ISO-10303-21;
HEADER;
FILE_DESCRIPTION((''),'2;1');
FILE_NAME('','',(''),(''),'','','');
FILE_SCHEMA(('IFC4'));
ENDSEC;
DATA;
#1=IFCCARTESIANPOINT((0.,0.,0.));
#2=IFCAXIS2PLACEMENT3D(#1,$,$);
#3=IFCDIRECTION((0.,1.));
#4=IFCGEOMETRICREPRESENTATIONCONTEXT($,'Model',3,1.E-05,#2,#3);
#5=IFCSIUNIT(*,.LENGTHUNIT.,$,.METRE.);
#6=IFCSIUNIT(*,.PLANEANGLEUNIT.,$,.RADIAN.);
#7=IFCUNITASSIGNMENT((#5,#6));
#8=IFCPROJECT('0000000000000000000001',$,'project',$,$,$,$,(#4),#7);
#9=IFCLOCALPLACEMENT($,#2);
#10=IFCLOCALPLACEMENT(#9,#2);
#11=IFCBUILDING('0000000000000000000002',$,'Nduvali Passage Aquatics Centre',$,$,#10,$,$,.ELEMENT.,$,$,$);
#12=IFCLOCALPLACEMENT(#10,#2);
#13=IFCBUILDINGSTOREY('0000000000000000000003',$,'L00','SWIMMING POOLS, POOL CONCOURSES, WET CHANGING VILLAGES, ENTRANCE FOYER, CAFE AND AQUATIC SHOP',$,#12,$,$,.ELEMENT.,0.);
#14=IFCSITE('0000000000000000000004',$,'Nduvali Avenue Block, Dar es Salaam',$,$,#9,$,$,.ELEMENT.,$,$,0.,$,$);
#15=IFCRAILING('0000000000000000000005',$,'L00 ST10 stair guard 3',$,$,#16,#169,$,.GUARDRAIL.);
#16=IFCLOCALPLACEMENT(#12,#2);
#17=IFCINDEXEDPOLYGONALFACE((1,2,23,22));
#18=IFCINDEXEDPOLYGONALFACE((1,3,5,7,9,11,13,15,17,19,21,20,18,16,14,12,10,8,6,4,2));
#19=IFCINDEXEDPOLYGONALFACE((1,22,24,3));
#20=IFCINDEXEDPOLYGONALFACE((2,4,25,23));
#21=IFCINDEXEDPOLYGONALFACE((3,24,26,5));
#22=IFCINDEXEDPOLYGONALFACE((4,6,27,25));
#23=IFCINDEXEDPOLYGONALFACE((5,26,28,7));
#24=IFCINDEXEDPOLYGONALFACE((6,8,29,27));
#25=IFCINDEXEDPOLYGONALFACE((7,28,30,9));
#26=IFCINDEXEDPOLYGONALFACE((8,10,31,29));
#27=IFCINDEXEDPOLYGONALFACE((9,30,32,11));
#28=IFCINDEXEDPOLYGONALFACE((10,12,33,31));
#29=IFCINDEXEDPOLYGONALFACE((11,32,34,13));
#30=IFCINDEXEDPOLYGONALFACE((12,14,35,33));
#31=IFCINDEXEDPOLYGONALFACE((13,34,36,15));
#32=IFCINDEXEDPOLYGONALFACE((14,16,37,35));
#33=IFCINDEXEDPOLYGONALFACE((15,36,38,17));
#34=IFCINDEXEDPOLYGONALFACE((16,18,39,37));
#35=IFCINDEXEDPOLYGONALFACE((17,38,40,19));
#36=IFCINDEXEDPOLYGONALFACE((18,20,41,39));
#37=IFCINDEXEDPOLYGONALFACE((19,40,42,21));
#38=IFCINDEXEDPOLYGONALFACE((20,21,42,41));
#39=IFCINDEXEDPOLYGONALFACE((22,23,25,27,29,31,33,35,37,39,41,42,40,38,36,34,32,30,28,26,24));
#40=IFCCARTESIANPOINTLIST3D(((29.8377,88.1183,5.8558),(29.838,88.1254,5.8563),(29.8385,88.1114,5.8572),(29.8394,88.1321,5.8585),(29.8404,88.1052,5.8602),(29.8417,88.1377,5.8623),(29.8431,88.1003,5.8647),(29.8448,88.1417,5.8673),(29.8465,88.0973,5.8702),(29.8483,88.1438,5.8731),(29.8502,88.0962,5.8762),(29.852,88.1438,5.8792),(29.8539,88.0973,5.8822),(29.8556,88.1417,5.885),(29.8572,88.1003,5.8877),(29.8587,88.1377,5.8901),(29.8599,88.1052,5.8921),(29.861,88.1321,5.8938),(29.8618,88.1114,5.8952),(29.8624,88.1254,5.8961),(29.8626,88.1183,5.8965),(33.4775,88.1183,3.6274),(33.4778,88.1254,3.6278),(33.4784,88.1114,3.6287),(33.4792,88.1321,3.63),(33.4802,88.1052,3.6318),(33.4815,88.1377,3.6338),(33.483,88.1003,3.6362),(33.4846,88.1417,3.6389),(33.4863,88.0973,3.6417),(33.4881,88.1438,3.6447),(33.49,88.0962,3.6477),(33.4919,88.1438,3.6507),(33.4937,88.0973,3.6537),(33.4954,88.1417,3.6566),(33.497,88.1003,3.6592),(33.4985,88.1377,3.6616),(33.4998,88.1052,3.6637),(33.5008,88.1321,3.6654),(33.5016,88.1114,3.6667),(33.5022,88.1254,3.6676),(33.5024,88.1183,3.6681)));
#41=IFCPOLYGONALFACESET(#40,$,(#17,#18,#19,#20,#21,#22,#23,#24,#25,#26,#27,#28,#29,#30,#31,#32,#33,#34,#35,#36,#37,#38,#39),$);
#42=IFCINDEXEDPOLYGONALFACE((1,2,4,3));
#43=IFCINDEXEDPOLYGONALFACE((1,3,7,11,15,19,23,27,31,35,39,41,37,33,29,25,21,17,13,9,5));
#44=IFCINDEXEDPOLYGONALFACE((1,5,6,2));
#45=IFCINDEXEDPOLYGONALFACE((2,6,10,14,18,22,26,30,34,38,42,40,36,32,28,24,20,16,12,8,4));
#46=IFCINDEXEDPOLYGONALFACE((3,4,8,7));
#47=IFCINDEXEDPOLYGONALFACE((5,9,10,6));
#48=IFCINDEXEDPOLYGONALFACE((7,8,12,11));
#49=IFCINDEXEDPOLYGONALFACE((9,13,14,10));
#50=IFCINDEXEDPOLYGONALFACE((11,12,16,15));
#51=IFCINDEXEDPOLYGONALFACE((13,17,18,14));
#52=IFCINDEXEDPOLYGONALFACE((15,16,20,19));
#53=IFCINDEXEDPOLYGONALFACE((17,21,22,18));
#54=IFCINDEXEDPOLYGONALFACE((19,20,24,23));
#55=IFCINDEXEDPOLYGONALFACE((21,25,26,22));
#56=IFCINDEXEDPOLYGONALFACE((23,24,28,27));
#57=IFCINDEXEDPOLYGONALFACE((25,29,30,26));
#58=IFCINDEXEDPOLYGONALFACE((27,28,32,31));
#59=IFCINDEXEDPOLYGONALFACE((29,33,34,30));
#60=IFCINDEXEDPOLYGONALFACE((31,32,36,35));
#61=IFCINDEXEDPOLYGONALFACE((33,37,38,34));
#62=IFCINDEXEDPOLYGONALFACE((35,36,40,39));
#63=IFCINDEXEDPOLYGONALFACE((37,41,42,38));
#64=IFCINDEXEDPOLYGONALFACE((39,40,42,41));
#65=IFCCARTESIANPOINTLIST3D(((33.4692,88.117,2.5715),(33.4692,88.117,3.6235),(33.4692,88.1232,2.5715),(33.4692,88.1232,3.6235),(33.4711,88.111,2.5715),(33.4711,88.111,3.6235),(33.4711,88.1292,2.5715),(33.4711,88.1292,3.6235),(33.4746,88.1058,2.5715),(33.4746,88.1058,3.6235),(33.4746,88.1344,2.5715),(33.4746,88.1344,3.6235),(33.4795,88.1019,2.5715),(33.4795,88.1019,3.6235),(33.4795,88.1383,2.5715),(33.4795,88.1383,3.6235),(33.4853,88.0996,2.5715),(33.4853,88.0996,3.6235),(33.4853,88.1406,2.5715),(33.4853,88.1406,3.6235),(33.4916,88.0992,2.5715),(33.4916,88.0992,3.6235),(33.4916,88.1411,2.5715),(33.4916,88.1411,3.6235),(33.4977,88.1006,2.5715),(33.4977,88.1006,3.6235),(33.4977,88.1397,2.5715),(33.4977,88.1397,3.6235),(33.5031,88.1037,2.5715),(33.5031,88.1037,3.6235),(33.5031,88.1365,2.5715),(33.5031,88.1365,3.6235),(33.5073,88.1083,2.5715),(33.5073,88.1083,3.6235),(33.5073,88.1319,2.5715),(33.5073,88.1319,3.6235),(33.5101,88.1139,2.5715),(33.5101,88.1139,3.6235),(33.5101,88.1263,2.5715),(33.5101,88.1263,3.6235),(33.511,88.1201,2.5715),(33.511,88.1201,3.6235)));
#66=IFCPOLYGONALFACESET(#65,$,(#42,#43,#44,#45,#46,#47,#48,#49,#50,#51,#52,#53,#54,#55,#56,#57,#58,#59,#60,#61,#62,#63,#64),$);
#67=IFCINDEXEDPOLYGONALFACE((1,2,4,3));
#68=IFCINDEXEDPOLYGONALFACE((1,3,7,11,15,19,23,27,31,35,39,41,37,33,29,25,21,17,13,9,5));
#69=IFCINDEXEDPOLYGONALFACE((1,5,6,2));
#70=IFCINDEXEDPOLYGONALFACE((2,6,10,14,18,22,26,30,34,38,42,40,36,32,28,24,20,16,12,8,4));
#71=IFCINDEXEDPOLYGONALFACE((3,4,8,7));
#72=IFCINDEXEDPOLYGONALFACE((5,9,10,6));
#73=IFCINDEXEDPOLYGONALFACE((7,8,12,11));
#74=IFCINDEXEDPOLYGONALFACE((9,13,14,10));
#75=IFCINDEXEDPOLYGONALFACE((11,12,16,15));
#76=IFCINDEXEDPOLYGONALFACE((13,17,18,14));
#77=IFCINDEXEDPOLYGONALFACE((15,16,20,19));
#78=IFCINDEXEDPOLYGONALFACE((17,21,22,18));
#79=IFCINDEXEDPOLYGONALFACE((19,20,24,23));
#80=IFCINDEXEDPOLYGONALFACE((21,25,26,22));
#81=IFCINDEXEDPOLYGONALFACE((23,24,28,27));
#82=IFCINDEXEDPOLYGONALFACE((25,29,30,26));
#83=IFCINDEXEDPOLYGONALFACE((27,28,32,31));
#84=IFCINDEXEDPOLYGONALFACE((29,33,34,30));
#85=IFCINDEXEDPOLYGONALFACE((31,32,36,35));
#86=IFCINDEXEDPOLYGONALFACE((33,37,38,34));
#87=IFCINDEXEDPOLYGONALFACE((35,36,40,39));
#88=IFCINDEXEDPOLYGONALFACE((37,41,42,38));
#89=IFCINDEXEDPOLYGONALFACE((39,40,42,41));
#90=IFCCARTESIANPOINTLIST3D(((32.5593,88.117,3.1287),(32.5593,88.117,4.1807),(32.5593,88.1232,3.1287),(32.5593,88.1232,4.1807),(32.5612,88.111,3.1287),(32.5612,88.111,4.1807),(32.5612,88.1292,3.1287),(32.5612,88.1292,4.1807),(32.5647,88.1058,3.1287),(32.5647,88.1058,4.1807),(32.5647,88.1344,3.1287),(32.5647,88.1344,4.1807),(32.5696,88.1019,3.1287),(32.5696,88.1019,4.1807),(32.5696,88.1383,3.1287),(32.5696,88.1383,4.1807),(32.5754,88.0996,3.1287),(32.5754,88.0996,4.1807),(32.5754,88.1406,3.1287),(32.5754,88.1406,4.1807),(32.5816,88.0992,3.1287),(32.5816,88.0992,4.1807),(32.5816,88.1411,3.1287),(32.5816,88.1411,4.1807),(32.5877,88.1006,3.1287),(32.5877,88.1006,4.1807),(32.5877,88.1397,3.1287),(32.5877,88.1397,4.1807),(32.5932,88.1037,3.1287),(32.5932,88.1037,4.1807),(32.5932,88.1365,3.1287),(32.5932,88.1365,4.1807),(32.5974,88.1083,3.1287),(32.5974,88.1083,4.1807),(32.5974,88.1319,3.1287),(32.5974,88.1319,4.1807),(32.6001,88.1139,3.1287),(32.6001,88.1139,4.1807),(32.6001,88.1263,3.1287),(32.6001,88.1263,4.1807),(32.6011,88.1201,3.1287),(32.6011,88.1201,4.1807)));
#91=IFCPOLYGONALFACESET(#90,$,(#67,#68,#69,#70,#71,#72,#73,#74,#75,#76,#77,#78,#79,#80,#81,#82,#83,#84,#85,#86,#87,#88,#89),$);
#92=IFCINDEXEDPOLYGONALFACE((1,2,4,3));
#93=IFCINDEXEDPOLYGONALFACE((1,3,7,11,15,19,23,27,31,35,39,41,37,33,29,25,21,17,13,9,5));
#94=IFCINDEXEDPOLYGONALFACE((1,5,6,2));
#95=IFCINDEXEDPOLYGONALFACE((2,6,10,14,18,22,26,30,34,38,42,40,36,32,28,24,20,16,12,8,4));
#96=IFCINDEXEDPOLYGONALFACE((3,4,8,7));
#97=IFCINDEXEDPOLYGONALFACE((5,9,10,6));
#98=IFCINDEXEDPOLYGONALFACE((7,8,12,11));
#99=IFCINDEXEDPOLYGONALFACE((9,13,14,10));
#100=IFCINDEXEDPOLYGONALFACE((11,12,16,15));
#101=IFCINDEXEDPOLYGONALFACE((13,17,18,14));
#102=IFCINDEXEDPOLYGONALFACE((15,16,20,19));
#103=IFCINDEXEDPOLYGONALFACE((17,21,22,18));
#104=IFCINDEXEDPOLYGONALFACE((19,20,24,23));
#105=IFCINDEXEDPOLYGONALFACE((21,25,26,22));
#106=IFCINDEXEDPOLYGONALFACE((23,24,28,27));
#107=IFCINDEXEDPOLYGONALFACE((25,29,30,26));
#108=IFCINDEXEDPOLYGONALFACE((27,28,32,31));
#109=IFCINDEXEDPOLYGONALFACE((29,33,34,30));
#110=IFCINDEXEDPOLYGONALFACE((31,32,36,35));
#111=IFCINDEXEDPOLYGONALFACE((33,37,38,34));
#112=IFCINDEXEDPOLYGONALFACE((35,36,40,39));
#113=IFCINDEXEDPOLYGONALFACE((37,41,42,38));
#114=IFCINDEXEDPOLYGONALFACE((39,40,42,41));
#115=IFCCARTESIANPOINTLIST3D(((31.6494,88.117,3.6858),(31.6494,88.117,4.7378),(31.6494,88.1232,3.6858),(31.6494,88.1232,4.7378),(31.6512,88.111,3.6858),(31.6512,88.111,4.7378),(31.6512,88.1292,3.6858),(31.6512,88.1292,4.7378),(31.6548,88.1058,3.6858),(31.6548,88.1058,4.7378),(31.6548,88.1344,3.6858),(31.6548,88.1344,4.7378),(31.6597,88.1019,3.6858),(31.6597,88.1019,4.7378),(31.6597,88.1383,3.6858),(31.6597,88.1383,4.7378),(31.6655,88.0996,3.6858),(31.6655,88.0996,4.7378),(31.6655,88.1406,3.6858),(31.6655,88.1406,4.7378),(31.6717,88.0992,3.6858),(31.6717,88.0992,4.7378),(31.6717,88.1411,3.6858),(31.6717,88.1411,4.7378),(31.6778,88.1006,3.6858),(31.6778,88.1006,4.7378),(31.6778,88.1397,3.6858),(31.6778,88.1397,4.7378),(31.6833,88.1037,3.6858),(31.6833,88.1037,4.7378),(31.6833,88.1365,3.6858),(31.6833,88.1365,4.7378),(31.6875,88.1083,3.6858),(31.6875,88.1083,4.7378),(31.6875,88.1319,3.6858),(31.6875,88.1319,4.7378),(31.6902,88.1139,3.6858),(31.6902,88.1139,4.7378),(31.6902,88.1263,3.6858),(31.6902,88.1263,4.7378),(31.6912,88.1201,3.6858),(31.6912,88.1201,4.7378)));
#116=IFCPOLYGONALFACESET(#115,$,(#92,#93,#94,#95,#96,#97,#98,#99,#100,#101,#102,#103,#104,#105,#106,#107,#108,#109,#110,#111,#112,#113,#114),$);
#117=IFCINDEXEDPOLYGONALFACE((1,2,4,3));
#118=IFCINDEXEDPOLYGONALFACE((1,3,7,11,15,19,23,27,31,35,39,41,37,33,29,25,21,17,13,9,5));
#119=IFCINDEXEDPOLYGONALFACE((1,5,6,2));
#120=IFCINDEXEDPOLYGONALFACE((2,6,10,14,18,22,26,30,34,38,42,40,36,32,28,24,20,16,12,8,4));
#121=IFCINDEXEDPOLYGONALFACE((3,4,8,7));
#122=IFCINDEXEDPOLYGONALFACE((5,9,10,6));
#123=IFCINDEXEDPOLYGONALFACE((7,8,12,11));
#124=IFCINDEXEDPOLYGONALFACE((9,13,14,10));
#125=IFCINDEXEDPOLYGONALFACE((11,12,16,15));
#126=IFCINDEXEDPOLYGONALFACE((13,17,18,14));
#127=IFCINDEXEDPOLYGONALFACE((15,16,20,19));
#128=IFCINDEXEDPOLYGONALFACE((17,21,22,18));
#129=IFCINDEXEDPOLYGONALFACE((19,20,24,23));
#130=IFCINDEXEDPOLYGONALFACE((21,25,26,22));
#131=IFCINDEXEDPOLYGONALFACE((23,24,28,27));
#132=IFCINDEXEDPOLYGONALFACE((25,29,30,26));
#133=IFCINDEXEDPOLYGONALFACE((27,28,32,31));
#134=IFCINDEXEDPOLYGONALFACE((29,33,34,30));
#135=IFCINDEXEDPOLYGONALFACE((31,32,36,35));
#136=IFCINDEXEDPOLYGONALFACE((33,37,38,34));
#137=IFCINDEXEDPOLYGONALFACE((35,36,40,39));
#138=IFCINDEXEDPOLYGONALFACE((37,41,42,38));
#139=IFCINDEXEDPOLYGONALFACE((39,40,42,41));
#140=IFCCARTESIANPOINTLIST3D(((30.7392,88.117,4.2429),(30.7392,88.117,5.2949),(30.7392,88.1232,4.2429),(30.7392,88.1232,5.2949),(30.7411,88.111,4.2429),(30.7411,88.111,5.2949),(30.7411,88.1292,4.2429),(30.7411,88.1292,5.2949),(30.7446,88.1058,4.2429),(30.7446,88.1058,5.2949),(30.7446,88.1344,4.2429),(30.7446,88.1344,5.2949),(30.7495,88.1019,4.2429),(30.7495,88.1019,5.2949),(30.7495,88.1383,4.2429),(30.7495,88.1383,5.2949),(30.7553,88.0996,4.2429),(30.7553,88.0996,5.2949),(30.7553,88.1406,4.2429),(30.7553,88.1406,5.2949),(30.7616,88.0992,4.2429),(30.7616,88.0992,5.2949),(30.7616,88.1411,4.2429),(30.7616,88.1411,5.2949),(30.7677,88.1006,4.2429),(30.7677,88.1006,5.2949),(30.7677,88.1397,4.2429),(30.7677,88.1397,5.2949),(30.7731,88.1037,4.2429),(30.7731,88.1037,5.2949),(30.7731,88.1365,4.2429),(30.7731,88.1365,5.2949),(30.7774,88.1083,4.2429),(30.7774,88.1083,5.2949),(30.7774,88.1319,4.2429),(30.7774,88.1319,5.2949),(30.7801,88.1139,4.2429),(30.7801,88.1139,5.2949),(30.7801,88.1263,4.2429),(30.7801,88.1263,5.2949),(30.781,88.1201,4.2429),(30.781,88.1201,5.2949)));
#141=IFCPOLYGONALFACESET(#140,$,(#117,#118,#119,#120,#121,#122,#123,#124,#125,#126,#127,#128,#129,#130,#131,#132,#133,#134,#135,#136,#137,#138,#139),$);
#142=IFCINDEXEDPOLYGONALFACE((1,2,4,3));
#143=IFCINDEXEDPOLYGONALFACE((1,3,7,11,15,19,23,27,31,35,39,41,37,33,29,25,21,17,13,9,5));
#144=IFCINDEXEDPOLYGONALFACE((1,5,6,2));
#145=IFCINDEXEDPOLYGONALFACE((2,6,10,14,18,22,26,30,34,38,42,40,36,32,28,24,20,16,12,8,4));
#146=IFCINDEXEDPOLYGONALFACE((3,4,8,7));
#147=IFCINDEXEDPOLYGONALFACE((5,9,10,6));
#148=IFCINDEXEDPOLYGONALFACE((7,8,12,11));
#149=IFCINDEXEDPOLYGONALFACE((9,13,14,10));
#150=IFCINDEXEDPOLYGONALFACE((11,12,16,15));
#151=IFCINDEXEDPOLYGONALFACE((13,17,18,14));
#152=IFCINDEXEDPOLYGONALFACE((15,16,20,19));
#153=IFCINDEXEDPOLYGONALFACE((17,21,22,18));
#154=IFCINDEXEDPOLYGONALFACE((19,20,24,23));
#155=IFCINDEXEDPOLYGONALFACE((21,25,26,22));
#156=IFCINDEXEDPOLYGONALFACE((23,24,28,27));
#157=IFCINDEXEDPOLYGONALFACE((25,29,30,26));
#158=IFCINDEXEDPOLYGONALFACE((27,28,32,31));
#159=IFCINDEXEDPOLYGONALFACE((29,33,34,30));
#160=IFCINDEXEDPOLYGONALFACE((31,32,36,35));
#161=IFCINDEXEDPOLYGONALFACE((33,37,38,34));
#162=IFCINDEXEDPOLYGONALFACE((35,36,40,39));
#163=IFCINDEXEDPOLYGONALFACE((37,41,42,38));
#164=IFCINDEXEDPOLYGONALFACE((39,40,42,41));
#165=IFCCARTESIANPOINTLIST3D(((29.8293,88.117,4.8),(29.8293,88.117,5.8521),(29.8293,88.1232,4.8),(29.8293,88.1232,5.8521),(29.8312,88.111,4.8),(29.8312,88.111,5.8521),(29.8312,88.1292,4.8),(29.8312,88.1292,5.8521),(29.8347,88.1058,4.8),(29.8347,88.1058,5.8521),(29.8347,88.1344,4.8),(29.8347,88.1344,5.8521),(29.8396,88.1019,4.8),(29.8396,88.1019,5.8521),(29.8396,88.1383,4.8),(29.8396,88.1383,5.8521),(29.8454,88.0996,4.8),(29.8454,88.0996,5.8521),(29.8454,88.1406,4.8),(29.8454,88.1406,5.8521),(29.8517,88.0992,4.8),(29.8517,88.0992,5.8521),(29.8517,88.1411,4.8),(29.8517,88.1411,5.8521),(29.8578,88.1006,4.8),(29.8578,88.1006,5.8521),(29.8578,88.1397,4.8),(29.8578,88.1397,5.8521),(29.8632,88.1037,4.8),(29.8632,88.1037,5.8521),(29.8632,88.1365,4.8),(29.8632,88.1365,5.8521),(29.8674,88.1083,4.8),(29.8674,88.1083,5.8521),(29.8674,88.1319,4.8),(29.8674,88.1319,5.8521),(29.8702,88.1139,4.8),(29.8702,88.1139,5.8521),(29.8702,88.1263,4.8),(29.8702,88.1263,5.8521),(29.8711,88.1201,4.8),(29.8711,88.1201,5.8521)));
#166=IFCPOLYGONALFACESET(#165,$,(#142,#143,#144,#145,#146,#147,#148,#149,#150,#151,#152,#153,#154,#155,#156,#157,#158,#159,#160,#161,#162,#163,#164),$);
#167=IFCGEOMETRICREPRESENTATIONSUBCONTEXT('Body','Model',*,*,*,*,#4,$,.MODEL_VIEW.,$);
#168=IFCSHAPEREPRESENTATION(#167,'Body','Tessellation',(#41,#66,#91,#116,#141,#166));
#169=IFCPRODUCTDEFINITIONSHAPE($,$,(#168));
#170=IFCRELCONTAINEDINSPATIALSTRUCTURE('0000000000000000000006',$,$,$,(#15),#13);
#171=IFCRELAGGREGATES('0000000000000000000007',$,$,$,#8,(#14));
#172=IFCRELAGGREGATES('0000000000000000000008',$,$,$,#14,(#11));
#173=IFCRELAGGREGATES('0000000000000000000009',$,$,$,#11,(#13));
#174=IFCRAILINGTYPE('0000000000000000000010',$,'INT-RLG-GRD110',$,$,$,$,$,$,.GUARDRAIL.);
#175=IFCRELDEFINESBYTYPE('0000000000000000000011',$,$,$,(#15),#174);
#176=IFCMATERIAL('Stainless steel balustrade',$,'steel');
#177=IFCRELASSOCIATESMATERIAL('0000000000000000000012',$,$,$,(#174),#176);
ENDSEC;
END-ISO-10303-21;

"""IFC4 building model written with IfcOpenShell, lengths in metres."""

from ifc_helpers import new_model, si_unit, direction, frame, origin, origin_2d, place, context, subcontext, project, spatial, circle, extrude, material, type_object, element, save


model = new_model("IFC4")

# Units and contexts
model_context = context("Model", 3, precision=1e-05, world=origin(), true_north=direction((0.0, 1.0)))
body_context = subcontext(model_context, "Body", "Model", "MODEL_VIEW")
ifc_project = project(units=[si_unit("LENGTHUNIT", "METRE"), si_unit("PLANEANGLEUNIT", "RADIAN")], contexts=[model_context])

# Site, building, storey
site_placement = place(None, origin())
site = spatial("IfcSite", under=ifc_project, at=site_placement, Name="Nduvali Avenue Block, Dar es Salaam", CompositionType="ELEMENT", RefElevation=0.0)
building_placement = place(site_placement, origin())
building = spatial("IfcBuilding", under=site, at=building_placement, Name="Nduvali Passage Aquatics Centre", CompositionType="ELEMENT")
storey_placement = place(building_placement, origin())
storey = spatial("IfcBuildingStorey", under=building, at=storey_placement, Name="L00", Description="SWIMMING POOLS, POOL CONCOURSES, WET CHANGING VILLAGES, ENTRANCE FOYER, CAFE AND AQUATIC SHOP", CompositionType="ELEMENT", Elevation=0.0)

# Railing
ifc_material_1 = material(Name="Stainless steel balustrade", Category="steel")
railing_type_1 = type_object("IfcRailingType", Name="INT-RLG-GRD110", PredefinedType="GUARDRAIL", material=ifc_material_1)
railing_1_placement = place(storey_placement, frame((33.49, 88.1201, 2.5715)))
element("IfcRailing", 1, at=railing_1_placement, inside=storey, type_object=railing_type_1, Name="L00 ST10 stair guard 3", PredefinedType="GUARDRAIL", context=body_context, shape_type="SweptSolid", body=[
    extrude(circle(Radius=0.0239, at=origin_2d()), frame((0.0, 0.0, 1.0762), z_axis=(-0.85285, 0.0, 0.522156), x_axis=(0.0, -1.0, 0.0)), (0.0, 0.0, 1.0), 4.2678),
    extrude(circle(Radius=0.021, at=origin_2d()), origin(), (0.0, 0.0, 1.0), 1.052),
    extrude(circle(Radius=0.021, at=origin_2d()), frame((-0.9099, 0.0, 0.5571)), (0.0, 0.0, 1.0), 1.052),
    extrude(circle(Radius=0.021, at=origin_2d()), frame((-1.8198, 0.0, 1.1143)), (0.0, 0.0, 1.0), 1.052),
    extrude(circle(Radius=0.021, at=origin_2d()), frame((-2.73, 0.0, 1.6714)), (0.0, 0.0, 1.0), 1.052),
    extrude(circle(Radius=0.021, at=origin_2d()), frame((-3.6399, 0.0, 2.2285)), (0.0, 0.0, 1.0), 1.052),
])

save(model, "model.ifc")
